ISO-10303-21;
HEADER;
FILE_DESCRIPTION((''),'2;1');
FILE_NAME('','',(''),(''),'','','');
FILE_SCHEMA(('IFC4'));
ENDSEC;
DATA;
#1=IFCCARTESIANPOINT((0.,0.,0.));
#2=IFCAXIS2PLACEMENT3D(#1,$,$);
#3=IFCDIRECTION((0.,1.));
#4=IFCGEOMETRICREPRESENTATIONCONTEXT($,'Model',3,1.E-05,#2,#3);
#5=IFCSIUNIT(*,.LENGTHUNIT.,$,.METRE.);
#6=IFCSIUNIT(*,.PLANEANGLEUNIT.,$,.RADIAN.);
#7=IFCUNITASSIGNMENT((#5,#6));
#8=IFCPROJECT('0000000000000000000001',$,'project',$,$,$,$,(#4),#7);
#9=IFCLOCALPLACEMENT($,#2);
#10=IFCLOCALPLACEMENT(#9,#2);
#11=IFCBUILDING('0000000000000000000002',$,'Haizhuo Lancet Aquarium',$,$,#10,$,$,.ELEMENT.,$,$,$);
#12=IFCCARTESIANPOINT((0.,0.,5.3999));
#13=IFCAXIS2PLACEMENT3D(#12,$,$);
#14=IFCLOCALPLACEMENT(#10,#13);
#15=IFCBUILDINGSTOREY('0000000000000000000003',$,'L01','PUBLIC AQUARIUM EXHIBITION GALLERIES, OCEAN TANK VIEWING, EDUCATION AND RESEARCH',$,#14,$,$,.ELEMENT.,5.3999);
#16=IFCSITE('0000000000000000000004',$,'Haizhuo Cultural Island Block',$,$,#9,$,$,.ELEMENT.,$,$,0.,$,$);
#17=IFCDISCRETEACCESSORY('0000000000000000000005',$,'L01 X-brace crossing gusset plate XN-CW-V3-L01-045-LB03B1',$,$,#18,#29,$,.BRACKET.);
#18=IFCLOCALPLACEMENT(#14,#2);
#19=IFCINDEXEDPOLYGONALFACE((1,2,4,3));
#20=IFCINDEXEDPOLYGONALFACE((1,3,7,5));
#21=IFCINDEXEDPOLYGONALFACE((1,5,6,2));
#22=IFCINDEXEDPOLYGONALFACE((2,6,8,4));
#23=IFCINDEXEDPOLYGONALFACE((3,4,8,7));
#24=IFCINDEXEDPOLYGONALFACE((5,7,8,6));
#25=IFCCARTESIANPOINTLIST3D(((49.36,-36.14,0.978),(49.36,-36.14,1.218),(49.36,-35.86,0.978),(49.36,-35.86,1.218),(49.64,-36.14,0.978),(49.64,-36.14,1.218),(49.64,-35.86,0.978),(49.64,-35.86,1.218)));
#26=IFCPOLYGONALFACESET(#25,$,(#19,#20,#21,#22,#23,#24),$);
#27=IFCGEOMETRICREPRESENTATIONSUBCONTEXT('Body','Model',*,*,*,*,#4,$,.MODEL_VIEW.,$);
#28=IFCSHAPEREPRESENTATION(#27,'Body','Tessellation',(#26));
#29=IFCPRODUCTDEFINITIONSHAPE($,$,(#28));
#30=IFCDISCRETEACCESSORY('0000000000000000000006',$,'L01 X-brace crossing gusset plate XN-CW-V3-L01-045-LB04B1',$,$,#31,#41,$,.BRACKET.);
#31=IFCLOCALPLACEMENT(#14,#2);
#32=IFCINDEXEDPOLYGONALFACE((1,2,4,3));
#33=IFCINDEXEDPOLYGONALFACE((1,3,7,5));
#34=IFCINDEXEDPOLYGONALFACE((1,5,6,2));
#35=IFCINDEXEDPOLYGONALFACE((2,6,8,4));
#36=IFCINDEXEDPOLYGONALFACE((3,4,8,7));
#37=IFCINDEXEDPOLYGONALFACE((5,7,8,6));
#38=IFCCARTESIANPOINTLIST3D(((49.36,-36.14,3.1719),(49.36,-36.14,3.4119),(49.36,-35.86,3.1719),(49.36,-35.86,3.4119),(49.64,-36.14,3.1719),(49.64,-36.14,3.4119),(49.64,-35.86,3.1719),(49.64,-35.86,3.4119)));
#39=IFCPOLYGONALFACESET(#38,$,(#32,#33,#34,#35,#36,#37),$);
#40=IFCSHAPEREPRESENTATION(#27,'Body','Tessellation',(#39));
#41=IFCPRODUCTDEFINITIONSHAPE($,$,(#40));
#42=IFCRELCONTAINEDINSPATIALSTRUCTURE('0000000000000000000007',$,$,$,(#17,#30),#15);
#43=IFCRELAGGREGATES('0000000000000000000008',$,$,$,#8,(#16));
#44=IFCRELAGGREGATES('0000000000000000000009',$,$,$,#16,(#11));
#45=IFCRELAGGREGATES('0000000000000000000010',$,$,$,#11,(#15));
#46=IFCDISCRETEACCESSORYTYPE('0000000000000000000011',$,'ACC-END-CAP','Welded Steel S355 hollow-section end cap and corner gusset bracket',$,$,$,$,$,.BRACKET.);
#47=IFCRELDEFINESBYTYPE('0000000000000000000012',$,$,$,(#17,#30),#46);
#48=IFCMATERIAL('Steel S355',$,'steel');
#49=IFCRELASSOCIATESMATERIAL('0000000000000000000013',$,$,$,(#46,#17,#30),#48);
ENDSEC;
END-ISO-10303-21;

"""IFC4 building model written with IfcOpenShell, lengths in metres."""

from ifc_helpers import new_model, si_unit, direction, frame, origin, origin_2d, place, context, subcontext, project, spatial, rectangle, extrude, material, type_object, element, save


model = new_model("IFC4")

# Units and contexts
model_context = context("Model", 3, precision=1e-05, world=origin(), true_north=direction((0.0, 1.0)))
body_context = subcontext(model_context, "Body", "Model", "MODEL_VIEW")
ifc_project = project(units=[si_unit("LENGTHUNIT", "METRE"), si_unit("PLANEANGLEUNIT", "RADIAN")], contexts=[model_context])

# Site, building, storey
site_placement = place(None, origin())
site = spatial("IfcSite", under=ifc_project, at=site_placement, Name="Haizhuo Cultural Island Block", CompositionType="ELEMENT", RefElevation=0.0)
building_placement = place(site_placement, origin())
building = spatial("IfcBuilding", under=site, at=building_placement, Name="Haizhuo Lancet Aquarium", CompositionType="ELEMENT")
storey_placement = place(building_placement, frame((0.0, 0.0, 5.3999)))
storey = spatial("IfcBuildingStorey", under=building, at=storey_placement, Name="L01", Description="PUBLIC AQUARIUM EXHIBITION GALLERIES, OCEAN TANK VIEWING, EDUCATION AND RESEARCH", CompositionType="ELEMENT", Elevation=5.3999)

# Shared definitions
ifc_material_1 = material(Name="Steel S355", Category="steel")

# Discrete accessories
discrete_accessory_type = type_object("IfcDiscreteAccessoryType", Name="ACC-END-CAP", Description="Welded Steel S355 hollow-section end cap and corner gusset bracket", PredefinedType="BRACKET", material=ifc_material_1)
for number, where, z_axis, x_axis, name in (
    (1, (49.5, -36.0, 0.978), (0.0, 0.0, 1.0), (1.0, 0.0, 0.0), "L01 X-brace crossing gusset plate XN-CW-V3-L01-045-LB03B1"),
    (2, (49.5, -36.0, 3.1719), (0.0, 0.0, 1.0), (1.0, 0.0, 0.0), "L01 X-brace crossing gusset plate XN-CW-V3-L01-045-LB04B1"),
):
    element("IfcDiscreteAccessory", number, at=place(storey_placement, frame(where, z_axis=z_axis, x_axis=x_axis)), inside=storey, type_object=discrete_accessory_type, material=ifc_material_1, Name=name, PredefinedType="BRACKET", context=body_context, shape_type="SweptSolid", body=[
        extrude(rectangle(XDim=0.28, YDim=0.28, at=origin_2d()), origin(), (0.0, 0.0, 1.0), 0.24),
    ])

save(model, "model.ifc")
